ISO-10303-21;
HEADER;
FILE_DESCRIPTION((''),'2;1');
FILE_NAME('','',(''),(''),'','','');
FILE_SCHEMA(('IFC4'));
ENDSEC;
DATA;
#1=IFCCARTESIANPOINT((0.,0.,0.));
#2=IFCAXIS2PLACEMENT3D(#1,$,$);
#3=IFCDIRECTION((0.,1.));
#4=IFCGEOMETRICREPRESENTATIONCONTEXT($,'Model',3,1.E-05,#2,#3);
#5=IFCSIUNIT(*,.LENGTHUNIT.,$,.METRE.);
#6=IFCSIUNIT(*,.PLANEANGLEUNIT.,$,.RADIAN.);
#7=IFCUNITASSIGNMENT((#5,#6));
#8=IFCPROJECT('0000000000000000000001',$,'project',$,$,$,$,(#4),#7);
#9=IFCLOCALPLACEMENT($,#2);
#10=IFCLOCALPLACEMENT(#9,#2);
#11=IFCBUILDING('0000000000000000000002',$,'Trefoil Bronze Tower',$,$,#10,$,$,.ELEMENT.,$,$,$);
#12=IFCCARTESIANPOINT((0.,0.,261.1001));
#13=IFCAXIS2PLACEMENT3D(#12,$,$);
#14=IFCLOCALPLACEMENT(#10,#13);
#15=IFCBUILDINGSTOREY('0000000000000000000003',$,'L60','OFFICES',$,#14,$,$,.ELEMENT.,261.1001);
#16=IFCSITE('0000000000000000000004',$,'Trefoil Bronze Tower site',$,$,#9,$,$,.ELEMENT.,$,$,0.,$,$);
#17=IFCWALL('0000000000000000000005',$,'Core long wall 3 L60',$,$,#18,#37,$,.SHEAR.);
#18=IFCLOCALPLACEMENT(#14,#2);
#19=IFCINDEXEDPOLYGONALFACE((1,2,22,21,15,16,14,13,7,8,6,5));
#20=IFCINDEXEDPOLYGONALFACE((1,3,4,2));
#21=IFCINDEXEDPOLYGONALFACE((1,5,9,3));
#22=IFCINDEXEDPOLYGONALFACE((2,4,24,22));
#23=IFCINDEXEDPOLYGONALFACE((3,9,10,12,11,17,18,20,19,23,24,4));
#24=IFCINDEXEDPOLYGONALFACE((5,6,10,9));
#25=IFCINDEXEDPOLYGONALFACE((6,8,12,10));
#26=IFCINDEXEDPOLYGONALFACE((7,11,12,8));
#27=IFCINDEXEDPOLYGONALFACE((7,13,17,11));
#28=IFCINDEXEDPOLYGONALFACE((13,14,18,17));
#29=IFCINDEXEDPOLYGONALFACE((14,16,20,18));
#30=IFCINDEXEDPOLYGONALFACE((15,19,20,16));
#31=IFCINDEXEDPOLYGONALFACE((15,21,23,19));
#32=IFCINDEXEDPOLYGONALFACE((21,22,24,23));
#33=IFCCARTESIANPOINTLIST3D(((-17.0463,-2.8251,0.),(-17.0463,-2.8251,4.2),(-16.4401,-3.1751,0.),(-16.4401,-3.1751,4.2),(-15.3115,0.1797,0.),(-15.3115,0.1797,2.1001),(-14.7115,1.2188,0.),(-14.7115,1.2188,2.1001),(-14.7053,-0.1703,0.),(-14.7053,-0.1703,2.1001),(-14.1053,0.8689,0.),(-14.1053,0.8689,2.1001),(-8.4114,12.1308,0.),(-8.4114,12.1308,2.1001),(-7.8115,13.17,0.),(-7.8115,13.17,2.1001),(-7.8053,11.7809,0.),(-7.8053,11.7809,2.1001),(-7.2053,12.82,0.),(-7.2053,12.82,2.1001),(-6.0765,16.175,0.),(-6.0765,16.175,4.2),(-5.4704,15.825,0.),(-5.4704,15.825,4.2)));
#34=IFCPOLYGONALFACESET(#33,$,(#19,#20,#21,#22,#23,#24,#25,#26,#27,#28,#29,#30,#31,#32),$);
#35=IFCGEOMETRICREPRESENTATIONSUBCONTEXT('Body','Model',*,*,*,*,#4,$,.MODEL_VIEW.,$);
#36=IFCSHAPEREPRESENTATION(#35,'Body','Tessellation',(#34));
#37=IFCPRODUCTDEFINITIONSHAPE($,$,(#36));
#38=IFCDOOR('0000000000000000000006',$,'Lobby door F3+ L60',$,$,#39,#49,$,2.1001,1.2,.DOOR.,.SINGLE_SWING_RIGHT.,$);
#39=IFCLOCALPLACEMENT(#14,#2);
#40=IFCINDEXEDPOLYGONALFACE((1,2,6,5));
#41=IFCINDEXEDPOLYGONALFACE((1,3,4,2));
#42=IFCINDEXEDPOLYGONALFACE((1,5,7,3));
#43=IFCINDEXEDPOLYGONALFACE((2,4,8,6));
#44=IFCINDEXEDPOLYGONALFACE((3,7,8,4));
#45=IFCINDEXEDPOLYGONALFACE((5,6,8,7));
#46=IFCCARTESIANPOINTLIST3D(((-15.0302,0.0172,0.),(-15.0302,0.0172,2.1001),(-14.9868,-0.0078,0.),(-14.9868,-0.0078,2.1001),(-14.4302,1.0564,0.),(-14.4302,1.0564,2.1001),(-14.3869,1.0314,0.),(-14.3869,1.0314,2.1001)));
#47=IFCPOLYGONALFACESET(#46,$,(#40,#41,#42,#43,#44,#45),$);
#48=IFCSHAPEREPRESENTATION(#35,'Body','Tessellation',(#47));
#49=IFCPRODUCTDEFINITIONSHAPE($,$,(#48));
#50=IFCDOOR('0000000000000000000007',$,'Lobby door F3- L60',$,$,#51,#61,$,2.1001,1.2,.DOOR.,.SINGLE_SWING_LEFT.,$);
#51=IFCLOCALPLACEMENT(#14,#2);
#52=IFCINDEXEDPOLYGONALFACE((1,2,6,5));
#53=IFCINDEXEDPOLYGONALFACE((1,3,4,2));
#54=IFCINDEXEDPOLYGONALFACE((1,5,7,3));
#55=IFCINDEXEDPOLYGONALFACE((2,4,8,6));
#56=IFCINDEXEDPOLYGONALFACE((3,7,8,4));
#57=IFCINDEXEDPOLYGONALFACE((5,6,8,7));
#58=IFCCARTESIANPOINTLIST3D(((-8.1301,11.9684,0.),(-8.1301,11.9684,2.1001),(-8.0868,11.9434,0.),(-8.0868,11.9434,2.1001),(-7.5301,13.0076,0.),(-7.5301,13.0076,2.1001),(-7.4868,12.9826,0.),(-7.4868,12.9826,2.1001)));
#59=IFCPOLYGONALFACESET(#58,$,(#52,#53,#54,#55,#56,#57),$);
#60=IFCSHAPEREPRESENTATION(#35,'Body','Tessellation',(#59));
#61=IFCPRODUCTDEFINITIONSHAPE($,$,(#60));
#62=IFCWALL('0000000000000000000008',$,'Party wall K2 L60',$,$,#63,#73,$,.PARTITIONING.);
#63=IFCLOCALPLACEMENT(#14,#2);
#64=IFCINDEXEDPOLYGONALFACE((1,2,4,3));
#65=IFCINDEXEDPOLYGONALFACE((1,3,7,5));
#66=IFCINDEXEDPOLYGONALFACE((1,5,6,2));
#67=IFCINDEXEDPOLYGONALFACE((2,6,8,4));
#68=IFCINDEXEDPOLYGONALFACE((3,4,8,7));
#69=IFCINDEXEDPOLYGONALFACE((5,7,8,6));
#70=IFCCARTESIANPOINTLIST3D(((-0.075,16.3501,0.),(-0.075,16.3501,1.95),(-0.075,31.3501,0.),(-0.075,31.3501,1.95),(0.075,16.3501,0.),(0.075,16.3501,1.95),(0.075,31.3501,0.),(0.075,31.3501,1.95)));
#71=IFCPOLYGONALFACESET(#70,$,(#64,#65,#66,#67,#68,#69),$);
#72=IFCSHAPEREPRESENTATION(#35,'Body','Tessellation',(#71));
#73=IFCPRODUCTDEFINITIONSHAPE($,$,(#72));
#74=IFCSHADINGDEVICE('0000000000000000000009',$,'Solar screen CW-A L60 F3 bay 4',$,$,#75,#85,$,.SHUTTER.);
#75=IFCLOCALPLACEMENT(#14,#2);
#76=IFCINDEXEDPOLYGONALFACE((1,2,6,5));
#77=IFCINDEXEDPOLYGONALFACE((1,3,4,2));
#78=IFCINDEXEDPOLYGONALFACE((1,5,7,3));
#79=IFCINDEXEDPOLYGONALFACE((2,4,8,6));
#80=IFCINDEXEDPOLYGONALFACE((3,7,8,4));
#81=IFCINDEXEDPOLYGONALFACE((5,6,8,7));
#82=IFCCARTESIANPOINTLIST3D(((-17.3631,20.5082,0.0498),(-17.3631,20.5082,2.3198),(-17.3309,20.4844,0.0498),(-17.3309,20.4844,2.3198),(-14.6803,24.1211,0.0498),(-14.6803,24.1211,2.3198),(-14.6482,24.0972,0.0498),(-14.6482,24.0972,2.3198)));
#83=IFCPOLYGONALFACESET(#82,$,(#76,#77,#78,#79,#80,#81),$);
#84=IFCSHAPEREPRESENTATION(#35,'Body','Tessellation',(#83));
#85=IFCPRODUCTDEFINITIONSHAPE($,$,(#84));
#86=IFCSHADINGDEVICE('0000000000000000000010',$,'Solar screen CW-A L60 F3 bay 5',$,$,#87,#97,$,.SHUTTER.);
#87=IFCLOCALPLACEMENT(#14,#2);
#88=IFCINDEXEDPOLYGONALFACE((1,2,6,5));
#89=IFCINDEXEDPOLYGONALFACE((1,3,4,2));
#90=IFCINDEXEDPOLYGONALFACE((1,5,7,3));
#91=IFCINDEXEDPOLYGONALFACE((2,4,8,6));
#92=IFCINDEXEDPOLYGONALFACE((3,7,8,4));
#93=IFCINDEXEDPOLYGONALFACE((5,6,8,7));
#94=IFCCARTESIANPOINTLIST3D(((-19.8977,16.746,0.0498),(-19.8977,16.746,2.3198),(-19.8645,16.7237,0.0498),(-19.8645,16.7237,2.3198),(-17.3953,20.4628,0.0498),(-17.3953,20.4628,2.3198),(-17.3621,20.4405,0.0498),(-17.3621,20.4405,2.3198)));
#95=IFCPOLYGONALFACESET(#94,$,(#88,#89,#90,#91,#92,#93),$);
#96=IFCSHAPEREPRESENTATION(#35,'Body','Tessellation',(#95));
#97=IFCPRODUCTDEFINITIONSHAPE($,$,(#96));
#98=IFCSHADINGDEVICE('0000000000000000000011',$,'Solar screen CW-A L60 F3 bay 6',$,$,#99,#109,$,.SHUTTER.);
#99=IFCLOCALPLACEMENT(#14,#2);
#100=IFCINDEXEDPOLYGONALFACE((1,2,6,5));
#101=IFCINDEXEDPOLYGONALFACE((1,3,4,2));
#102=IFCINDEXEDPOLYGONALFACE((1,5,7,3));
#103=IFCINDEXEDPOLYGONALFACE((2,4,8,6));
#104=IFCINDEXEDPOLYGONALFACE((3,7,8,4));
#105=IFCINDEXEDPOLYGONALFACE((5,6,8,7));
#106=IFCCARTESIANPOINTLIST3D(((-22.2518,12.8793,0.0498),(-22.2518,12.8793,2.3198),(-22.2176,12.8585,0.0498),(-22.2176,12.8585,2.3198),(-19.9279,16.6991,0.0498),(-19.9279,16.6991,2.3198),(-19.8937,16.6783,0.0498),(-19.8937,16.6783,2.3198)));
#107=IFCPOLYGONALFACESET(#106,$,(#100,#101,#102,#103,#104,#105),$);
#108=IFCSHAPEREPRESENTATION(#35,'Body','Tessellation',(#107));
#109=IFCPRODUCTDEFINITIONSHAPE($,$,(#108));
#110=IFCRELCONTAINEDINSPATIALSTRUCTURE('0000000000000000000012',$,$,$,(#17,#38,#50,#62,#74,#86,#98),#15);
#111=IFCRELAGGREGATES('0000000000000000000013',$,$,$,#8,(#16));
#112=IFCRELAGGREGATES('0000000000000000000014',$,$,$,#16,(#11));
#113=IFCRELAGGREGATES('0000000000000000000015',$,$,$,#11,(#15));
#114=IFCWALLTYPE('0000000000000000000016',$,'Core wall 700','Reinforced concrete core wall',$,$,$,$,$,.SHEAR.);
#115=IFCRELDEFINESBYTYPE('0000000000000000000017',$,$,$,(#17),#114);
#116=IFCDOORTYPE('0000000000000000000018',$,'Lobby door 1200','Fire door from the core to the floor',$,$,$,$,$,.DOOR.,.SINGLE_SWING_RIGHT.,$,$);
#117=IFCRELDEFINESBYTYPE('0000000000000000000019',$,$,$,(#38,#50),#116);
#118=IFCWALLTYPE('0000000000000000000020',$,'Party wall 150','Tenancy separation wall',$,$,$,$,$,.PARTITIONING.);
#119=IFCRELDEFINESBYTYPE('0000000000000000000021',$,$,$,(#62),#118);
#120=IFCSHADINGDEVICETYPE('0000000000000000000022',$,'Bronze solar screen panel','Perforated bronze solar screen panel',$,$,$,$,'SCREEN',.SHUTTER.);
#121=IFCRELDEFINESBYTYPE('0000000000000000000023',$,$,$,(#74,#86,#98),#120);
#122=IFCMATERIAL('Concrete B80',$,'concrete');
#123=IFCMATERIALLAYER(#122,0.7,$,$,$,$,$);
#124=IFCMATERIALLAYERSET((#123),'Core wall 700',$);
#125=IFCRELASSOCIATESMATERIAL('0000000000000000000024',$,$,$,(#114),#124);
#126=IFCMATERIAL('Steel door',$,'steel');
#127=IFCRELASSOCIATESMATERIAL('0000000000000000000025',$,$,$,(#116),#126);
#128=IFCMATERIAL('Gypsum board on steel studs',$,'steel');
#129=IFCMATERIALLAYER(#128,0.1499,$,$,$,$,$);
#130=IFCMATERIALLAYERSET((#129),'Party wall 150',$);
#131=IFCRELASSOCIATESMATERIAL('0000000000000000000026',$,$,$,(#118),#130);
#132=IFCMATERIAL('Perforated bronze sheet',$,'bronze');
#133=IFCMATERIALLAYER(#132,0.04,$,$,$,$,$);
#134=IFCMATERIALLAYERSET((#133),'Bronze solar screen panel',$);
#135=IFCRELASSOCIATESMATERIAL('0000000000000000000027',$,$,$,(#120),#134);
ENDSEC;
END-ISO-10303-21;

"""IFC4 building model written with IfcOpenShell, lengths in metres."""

from ifc_helpers import new_model, si_unit, direction, frame, frame_2d, origin, origin_2d, place, context, subcontext, project, spatial, rectangle, extrude, material, layer, layer_set, type_object, element, fill, save


model = new_model("IFC4")

# Units and contexts
model_context = context("Model", 3, precision=1e-05, world=origin(), true_north=direction((0.0, 1.0)))
body_context = subcontext(model_context, "Body", "Model", "MODEL_VIEW")
ifc_project = project(units=[si_unit("LENGTHUNIT", "METRE"), si_unit("PLANEANGLEUNIT", "RADIAN")], contexts=[model_context])

# Site, building, storey
site_placement = place(None, origin())
site = spatial("IfcSite", under=ifc_project, at=site_placement, Name="Trefoil Bronze Tower site", CompositionType="ELEMENT", RefElevation=0.0)
building_placement = place(site_placement, origin())
building = spatial("IfcBuilding", under=site, at=building_placement, Name="Trefoil Bronze Tower", CompositionType="ELEMENT")
storey_placement = place(building_placement, frame((0.0, 0.0, 261.1001)))
storey = spatial("IfcBuildingStorey", under=building, at=storey_placement, Name="L60", Description="OFFICES", CompositionType="ELEMENT", Elevation=261.1001)

# Wall, openings, doors
ifc_material_1 = material(Name="Concrete B80", Category="concrete")
ifc_layer_1 = layer(ifc_material_1, 0.7)
ifc_layer_set_1 = layer_set([ifc_layer_1], Name="Core wall 700")
wall_type_1 = type_object("IfcWallType", Name="Core wall 700", Description="Reinforced concrete core wall", PredefinedType="SHEAR", material=ifc_layer_set_1)
wall_1_placement = place(storey_placement, frame((-5.7734, 16.0, 0.0), z_axis=(0.0, 0.0, 1.0), x_axis=(-0.500002, -0.866024, 0.0)))
wall_1 = element("IfcWall", 1, at=wall_1_placement, inside=storey, type_object=wall_type_1, Name="Core long wall 3 L60", PredefinedType="SHEAR", context=body_context, shape_type="SweptSolid", body=[
    extrude(rectangle(XDim=21.9395, YDim=0.7, at=frame_2d((10.9697, 0.0))), origin(), (0.0, 0.0, 1.0), 4.2),
])
opening_1_placement = place(wall_1_placement, frame((17.2698, 0.0, 0.0)))
opening_1 = element("IfcOpeningElement", 2, at=opening_1_placement, cuts=wall_1, PredefinedType="OPENING", context=body_context, shape_type="SweptSolid", body=[
    extrude(rectangle(XDim=1.2, YDim=2.1001, at=frame_2d((0.6001, 1.05))), frame((0.0, 0.3599, 0.0), z_axis=(0.0, -1.0, 0.0), x_axis=(1.0, 0.0, 0.0)), (0.0, 0.0, 1.0), 0.72),
])
opening_2_placement = place(wall_1_placement, frame((3.4697, 0.0, 0.0)))
opening_2 = element("IfcOpeningElement", 3, at=opening_2_placement, cuts=wall_1, PredefinedType="OPENING", context=body_context, shape_type="SweptSolid", body=[
    extrude(rectangle(XDim=1.2, YDim=2.1001, at=frame_2d((0.6001, 1.05))), frame((0.0, 0.3599, 0.0), z_axis=(0.0, -1.0, 0.0), x_axis=(1.0, 0.0, 0.0)), (0.0, 0.0, 1.0), 0.72),
])
ifc_material_2 = material(Name="Steel door", Category="steel")
door_type_1 = type_object("IfcDoorType", Name="Lobby door 1200", Description="Fire door from the core to the floor", OperationType="SINGLE_SWING_RIGHT", PredefinedType="DOOR", material=ifc_material_2)
door_1_placement = place(opening_1_placement, origin())
door_1 = element("IfcDoor", 4, at=door_1_placement, inside=storey, type_object=door_type_1, Name="Lobby door F3+ L60", OperationType="SINGLE_SWING_RIGHT", OverallHeight=2.1001, OverallWidth=1.2, PredefinedType="DOOR", context=body_context, shape_type="SweptSolid", body=[
    extrude(rectangle(XDim=1.2, YDim=2.1001, at=frame_2d((0.6001, 1.05))), frame((0.0, 0.0249, 0.0), z_axis=(0.0, -1.0, 0.0), x_axis=(1.0, 0.0, 0.0)), (0.0, 0.0, 1.0), 0.05),
])
fill(opening_1, door_1)
door_2_placement = place(opening_2_placement, origin())
door_2 = element("IfcDoor", 5, at=door_2_placement, inside=storey, type_object=door_type_1, Name="Lobby door F3- L60", OperationType="SINGLE_SWING_LEFT", OverallHeight=2.1001, OverallWidth=1.2, PredefinedType="DOOR", context=body_context, shape_type="SweptSolid", body=[
    extrude(rectangle(XDim=1.2, YDim=2.1001, at=frame_2d((0.6001, 1.05))), frame((0.0, 0.0249, 0.0), z_axis=(0.0, -1.0, 0.0), x_axis=(1.0, 0.0, 0.0)), (0.0, 0.0, 1.0), 0.05),
])
fill(opening_2, door_2)

# Wall
ifc_material_3 = material(Name="Gypsum board on steel studs", Category="steel")
ifc_layer_2 = layer(ifc_material_3, 0.1499)
ifc_layer_set_2 = layer_set([ifc_layer_2], Name="Party wall 150")
wall_type_2 = type_object("IfcWallType", Name="Party wall 150", Description="Tenancy separation wall", PredefinedType="PARTITIONING", material=ifc_layer_set_2)
wall_2_placement = place(storey_placement, frame((0.0, 16.3501, 0.0), z_axis=(0.0, 0.0, 1.0), x_axis=(0.0, 1.0, 0.0)))
element("IfcWall", 6, at=wall_2_placement, inside=storey, type_object=wall_type_2, Name="Party wall K2 L60", PredefinedType="PARTITIONING", context=body_context, shape_type="SweptSolid", body=[
    extrude(rectangle(XDim=15.0, YDim=0.1499, at=frame_2d((7.5, 0.0))), origin(), (0.0, 0.0, 1.0), 1.95),
])

# Shading devices
ifc_material_4 = material(Name="Perforated bronze sheet", Category="bronze")
ifc_layer_3 = layer(ifc_material_4, 0.04)
ifc_layer_set_3 = layer_set([ifc_layer_3], Name="Bronze solar screen panel")
shading_device_type = type_object("IfcShadingDeviceType", Name="Bronze solar screen panel", Description="Perforated bronze solar screen panel", ElementType="SCREEN", PredefinedType="SHUTTER", material=ifc_layer_set_3)
shading_device_1_placement = place(storey_placement, frame((-16.0056, 22.3027, 0.0498), z_axis=(0.0, 0.0, 1.0), x_axis=(-0.596162, -0.802865, 0.0)))
element("IfcShadingDevice", 7, at=shading_device_1_placement, inside=storey, type_object=shading_device_type, Name="Solar screen CW-A L60 F3 bay 4", PredefinedType="SHUTTER", context=body_context, shape_type="SweptSolid", body=[
    extrude(rectangle(XDim=4.5, YDim=0.04, at=origin_2d()), origin(), (0.0, 0.0, 1.0), 2.27),
])
shading_device_2_placement = place(storey_placement, frame((-18.6299, 18.5933, 0.0498), z_axis=(0.0, 0.0, 1.0), x_axis=(-0.558493, -0.829509, 0.0)))
element("IfcShadingDevice", 8, at=shading_device_2_placement, inside=storey, type_object=shading_device_type, Name="Solar screen CW-A L60 F3 bay 5", PredefinedType="SHUTTER", context=body_context, shape_type="SweptSolid", body=[
    extrude(rectangle(XDim=4.4807, YDim=0.04, at=origin_2d()), origin(), (0.0, 0.0, 1.0), 2.27),
])
shading_device_3_placement = place(storey_placement, frame((-21.0728, 14.7788, 0.0498), z_axis=(0.0, 0.0, 1.0), x_axis=(-0.519762, -0.854311, 0.0)))
element("IfcShadingDevice", 9, at=shading_device_3_placement, inside=storey, type_object=shading_device_type, Name="Solar screen CW-A L60 F3 bay 6", PredefinedType="SHUTTER", context=body_context, shape_type="SweptSolid", body=[
    extrude(rectangle(XDim=4.4712, YDim=0.04, at=origin_2d()), origin(), (0.0, 0.0, 1.0), 2.27),
])

save(model, "model.ifc")
